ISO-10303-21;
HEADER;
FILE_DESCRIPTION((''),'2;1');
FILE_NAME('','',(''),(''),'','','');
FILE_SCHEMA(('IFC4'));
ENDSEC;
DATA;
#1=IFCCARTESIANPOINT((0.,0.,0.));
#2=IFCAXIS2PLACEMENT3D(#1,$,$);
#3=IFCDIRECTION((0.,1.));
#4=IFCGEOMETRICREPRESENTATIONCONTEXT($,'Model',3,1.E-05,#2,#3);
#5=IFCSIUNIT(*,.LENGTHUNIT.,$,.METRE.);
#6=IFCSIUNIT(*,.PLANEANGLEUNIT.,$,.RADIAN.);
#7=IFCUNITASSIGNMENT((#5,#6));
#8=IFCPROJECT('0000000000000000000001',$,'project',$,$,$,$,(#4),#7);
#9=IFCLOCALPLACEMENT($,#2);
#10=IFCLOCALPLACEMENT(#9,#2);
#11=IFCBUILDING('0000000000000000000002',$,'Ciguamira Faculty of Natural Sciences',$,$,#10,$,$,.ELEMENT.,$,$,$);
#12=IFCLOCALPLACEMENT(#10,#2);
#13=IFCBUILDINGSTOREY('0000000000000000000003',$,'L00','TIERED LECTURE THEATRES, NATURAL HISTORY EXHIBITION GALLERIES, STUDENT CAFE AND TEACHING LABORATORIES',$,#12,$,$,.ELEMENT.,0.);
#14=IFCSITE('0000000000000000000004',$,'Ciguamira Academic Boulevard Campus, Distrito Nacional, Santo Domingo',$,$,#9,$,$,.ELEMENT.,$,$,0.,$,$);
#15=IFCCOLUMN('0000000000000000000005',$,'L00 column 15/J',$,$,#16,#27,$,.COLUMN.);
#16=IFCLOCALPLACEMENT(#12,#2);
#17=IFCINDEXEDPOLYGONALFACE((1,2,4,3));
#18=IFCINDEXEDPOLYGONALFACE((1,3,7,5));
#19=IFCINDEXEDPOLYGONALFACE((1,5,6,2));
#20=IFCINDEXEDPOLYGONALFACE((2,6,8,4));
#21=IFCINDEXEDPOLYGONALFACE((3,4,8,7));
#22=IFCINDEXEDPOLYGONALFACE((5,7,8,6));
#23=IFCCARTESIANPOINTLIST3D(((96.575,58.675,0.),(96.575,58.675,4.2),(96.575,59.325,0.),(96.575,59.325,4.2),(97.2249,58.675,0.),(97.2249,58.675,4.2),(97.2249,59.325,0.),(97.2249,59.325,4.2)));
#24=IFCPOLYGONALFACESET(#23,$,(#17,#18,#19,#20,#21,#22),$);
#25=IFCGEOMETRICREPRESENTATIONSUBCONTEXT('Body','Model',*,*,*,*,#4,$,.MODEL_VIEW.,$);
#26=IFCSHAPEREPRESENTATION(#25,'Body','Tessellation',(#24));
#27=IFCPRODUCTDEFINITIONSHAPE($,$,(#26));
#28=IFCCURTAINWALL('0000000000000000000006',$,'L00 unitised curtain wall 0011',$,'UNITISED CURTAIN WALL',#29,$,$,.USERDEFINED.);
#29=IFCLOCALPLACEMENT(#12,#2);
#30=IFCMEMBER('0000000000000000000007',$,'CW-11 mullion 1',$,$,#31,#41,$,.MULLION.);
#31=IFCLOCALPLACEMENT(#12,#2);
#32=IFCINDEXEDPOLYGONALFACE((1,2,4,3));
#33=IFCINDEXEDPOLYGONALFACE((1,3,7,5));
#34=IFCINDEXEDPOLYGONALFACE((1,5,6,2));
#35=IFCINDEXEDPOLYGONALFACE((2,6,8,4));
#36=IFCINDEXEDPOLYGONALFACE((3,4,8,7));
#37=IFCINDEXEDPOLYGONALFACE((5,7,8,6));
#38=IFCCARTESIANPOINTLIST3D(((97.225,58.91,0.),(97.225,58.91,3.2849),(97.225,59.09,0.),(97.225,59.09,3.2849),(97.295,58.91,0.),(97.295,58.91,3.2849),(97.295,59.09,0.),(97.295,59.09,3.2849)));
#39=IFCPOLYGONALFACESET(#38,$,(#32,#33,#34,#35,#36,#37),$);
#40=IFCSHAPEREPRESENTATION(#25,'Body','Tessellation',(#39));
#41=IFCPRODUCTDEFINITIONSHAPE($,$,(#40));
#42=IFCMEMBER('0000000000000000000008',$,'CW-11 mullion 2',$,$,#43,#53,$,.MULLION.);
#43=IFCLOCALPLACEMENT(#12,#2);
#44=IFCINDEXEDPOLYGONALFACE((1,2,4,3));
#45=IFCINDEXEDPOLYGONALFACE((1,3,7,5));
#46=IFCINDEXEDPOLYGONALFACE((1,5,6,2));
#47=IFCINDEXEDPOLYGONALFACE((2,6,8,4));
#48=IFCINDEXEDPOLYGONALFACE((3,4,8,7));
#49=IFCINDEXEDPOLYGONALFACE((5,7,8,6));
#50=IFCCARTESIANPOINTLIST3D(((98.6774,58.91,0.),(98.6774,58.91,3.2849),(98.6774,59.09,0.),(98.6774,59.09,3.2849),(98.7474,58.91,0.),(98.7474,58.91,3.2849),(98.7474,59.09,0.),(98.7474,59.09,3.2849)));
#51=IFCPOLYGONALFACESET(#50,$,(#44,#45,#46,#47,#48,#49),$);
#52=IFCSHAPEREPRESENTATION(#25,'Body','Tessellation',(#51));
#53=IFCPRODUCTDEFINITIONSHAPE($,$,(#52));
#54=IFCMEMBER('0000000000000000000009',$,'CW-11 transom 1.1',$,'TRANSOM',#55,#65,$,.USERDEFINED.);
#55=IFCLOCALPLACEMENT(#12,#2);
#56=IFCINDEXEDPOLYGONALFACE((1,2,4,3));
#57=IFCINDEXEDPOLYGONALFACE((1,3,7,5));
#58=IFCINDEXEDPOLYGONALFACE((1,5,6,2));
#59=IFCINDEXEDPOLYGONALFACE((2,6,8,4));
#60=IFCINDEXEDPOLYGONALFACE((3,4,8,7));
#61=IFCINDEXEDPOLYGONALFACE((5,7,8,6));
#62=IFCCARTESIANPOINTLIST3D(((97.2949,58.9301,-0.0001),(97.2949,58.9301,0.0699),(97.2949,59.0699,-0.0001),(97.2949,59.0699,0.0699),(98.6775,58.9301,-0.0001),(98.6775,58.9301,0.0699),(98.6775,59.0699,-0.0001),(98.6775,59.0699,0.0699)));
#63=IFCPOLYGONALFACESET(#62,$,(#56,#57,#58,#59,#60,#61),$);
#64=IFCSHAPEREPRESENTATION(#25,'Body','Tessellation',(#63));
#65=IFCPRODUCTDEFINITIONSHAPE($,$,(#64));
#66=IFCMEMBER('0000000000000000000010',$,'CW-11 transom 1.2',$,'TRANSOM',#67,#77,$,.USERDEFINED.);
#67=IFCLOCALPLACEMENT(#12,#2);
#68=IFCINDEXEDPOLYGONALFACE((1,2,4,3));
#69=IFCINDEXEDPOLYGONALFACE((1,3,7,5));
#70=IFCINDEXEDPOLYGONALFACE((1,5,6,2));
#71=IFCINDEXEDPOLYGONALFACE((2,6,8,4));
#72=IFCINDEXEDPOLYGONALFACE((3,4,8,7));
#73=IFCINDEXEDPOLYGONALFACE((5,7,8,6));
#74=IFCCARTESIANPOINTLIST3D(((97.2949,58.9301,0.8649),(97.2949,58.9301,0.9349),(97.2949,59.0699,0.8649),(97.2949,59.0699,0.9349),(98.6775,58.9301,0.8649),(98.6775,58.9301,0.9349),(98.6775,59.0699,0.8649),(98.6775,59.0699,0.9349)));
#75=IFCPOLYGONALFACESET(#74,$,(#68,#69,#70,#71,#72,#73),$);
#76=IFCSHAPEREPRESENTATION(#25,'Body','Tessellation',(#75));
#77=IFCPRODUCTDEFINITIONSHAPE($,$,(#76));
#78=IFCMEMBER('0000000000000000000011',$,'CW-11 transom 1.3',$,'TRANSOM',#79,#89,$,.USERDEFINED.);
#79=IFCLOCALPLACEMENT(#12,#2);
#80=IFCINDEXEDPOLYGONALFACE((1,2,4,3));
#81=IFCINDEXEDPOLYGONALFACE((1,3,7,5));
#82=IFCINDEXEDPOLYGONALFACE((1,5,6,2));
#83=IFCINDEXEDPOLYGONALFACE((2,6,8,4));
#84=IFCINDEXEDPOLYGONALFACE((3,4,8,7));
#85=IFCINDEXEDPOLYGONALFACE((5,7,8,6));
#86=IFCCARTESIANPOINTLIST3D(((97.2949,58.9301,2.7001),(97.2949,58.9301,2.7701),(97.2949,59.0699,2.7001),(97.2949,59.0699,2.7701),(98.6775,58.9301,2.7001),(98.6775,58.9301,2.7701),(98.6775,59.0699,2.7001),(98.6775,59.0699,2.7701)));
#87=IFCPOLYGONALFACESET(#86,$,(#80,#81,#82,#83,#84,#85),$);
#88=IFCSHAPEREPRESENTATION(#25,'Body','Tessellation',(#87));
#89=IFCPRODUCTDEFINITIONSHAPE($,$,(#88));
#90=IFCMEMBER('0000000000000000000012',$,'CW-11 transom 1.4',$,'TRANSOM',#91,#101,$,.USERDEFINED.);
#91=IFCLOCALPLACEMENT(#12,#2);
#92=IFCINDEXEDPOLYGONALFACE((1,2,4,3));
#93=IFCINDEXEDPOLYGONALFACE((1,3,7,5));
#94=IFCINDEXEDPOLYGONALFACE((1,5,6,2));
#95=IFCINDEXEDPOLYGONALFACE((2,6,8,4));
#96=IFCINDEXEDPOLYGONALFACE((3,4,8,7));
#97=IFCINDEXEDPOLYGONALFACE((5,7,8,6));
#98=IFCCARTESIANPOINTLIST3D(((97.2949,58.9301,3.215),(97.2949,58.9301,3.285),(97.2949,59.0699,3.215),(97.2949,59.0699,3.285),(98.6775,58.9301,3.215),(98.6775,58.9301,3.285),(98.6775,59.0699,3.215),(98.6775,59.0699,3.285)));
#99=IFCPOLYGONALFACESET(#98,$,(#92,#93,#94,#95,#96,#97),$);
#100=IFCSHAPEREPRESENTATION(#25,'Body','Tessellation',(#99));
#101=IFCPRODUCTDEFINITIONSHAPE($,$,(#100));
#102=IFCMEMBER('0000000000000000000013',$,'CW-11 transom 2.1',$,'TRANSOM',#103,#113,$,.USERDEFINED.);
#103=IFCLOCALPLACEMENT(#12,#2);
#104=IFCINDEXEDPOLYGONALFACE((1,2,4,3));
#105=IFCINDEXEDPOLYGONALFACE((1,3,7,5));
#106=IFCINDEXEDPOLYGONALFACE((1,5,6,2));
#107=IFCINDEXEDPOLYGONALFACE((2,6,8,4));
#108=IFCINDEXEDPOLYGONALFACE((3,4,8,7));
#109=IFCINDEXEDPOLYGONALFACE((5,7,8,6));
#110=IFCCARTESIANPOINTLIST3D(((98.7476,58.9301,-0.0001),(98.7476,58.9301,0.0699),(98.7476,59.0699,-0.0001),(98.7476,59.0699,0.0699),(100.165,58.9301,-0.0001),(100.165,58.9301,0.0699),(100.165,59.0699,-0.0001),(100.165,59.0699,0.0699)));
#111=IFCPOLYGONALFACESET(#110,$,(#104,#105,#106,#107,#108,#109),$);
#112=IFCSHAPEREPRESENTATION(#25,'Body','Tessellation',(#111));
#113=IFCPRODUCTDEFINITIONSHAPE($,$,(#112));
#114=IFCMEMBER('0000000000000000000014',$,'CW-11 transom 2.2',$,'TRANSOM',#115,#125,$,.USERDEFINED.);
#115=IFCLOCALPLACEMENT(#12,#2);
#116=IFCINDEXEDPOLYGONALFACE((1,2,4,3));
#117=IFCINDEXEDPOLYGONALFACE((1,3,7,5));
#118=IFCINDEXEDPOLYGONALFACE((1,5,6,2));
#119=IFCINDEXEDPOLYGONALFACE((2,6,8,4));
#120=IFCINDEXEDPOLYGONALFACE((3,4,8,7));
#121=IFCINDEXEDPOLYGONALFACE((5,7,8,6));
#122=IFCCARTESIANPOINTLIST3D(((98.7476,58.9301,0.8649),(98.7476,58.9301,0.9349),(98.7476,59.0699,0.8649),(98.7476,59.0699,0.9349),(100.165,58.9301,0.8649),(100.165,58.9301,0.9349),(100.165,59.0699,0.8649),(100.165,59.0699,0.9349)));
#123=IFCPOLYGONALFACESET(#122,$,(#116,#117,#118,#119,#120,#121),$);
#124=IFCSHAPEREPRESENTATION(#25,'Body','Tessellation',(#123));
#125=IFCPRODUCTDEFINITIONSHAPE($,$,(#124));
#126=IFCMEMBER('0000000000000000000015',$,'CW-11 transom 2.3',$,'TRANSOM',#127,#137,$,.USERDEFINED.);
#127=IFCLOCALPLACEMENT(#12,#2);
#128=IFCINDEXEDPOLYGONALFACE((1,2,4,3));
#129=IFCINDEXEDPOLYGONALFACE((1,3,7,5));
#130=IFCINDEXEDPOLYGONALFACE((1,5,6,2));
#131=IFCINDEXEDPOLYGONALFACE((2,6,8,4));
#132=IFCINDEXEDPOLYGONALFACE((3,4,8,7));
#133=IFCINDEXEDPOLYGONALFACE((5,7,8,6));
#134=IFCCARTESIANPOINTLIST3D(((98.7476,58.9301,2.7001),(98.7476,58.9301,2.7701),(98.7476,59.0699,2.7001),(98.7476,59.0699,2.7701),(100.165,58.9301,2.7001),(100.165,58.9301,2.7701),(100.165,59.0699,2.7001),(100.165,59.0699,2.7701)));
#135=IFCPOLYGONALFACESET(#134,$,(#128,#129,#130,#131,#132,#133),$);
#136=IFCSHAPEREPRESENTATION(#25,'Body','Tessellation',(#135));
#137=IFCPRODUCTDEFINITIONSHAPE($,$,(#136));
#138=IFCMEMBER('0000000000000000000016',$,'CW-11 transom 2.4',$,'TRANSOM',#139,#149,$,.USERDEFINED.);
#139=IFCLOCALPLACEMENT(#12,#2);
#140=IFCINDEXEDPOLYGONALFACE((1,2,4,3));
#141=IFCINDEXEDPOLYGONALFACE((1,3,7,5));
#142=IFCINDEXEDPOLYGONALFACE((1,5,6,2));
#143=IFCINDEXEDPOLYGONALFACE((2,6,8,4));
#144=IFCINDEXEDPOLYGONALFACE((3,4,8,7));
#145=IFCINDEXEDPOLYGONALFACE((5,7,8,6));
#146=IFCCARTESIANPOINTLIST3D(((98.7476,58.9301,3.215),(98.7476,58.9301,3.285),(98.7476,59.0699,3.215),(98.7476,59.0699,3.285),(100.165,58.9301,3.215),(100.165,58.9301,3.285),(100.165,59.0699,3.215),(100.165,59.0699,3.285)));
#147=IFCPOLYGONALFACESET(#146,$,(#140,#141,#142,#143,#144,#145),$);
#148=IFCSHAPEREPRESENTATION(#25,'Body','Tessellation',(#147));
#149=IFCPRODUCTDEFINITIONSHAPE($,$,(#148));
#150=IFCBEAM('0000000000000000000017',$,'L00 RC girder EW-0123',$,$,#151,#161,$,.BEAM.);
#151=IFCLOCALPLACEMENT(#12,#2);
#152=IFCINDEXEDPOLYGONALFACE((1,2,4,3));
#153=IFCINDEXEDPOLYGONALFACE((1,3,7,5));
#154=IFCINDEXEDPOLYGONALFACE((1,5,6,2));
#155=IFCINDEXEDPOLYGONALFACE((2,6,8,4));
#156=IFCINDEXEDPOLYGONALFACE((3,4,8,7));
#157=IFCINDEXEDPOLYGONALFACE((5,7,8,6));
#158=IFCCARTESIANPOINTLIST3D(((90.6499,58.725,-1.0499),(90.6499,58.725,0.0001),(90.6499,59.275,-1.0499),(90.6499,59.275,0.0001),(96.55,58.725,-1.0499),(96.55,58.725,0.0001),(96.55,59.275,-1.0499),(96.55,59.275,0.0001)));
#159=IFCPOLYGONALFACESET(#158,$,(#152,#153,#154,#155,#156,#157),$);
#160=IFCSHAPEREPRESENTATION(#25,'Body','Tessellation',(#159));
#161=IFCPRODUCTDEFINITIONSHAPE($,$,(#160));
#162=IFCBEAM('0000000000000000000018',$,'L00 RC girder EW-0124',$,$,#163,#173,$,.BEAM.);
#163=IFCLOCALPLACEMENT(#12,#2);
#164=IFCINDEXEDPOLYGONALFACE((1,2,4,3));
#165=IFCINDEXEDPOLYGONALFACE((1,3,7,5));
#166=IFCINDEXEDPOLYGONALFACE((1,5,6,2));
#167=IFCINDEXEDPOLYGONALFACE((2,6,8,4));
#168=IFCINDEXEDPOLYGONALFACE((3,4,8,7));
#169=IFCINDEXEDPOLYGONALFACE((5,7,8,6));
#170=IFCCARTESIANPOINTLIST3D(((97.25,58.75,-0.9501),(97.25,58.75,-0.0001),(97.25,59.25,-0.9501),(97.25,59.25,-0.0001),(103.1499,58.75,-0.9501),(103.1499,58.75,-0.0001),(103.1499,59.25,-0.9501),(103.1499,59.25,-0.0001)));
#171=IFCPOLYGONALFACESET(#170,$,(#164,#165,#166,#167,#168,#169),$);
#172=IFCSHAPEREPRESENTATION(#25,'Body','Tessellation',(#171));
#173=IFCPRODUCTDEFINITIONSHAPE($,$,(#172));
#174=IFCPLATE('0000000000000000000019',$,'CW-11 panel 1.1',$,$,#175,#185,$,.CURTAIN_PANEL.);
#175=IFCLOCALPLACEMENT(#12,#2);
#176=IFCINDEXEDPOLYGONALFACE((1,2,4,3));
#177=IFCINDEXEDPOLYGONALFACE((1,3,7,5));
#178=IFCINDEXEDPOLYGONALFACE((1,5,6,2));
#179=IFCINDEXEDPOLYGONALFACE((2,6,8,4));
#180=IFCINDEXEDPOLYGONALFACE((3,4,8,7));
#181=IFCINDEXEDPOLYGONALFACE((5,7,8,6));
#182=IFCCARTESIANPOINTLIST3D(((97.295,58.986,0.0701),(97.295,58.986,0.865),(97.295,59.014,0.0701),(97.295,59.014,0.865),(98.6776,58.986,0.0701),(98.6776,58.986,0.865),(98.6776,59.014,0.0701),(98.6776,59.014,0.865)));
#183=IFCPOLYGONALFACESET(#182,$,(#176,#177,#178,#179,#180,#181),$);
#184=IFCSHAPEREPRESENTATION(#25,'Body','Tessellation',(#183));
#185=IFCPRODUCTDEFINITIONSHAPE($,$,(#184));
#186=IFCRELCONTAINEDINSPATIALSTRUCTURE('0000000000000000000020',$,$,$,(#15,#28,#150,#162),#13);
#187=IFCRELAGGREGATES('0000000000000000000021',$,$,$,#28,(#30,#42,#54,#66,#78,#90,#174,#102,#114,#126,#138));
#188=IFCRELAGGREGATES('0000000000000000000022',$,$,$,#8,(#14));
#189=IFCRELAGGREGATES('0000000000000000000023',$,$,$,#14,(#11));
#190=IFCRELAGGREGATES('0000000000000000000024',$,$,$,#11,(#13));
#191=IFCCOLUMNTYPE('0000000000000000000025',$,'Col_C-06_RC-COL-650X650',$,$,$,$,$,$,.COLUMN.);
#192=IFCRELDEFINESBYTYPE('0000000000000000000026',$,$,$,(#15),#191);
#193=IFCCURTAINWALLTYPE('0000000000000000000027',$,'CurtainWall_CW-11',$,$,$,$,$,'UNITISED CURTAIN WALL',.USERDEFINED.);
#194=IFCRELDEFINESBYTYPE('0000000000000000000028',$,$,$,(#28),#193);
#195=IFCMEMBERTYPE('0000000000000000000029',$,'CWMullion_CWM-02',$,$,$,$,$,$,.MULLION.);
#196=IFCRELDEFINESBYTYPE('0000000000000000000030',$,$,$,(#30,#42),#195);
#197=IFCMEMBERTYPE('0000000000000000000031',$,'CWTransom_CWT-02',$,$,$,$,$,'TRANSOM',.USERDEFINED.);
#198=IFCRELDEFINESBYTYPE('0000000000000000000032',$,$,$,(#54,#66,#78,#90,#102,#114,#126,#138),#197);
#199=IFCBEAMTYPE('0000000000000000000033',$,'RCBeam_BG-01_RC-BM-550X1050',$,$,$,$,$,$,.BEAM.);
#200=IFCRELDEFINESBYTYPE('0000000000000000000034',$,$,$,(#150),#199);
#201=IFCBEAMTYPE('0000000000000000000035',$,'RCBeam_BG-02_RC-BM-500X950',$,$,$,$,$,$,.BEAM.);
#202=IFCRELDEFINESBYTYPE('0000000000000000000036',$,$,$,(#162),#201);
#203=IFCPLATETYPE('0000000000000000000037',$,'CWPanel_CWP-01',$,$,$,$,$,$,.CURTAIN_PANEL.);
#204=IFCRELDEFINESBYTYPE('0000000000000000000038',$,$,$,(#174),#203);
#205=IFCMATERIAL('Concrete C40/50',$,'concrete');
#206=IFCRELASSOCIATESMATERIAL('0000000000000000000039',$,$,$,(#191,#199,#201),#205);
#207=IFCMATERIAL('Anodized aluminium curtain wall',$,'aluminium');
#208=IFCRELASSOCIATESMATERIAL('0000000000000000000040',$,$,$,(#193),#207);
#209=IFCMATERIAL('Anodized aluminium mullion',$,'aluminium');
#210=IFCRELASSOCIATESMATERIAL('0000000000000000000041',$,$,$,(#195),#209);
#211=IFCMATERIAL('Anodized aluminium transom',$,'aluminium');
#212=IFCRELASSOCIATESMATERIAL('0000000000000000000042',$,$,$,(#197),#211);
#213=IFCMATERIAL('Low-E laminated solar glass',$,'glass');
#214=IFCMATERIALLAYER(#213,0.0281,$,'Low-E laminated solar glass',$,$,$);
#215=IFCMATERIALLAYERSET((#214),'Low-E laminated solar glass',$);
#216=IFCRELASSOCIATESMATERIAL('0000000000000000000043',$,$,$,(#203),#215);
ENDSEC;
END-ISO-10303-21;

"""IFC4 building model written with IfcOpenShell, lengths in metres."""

from ifc_helpers import new_model, si_unit, direction, frame, origin, origin_2d, place, context, subcontext, project, spatial, rectangle, extrude, material, layer, layer_set, material_profile, profile_set, type_object, element, aggregate, save


model = new_model("IFC4")

# Units and contexts
model_context = context("Model", 3, precision=1e-05, world=origin(), true_north=direction((0.0, 1.0)))
body_context = subcontext(model_context, "Body", "Model", "MODEL_VIEW")
ifc_project = project(units=[si_unit("LENGTHUNIT", "METRE"), si_unit("PLANEANGLEUNIT", "RADIAN")], contexts=[model_context])

# Site, building, storey
site_placement = place(None, origin())
site = spatial("IfcSite", under=ifc_project, at=site_placement, Name="Ciguamira Academic Boulevard Campus, Distrito Nacional, Santo Domingo", CompositionType="ELEMENT", RefElevation=0.0)
building_placement = place(site_placement, origin())
building = spatial("IfcBuilding", under=site, at=building_placement, Name="Ciguamira Faculty of Natural Sciences", CompositionType="ELEMENT")
storey_placement = place(building_placement, origin())
storey = spatial("IfcBuildingStorey", under=building, at=storey_placement, Name="L00", Description="TIERED LECTURE THEATRES, NATURAL HISTORY EXHIBITION GALLERIES, STUDENT CAFE AND TEACHING LABORATORIES", CompositionType="ELEMENT", Elevation=0.0)

# Column
ifc_material_1 = material(Name="Concrete C40/50", Category="concrete")
ifc_material_profile_1 = material_profile(ifc_material_1, rectangle(XDim=0.6499, YDim=0.6499, at=origin_2d()), Name="RC-COL-650X650")
ifc_profile_set_1 = profile_set([ifc_material_profile_1], Name="Concrete C40/50")
column_type = type_object("IfcColumnType", Name="Col_C-06_RC-COL-650X650", PredefinedType="COLUMN", material=ifc_profile_set_1)
column_placement = place(storey_placement, frame((96.8999, 59.0, 0.0), z_axis=(0.0, 0.0, 1.0), x_axis=(1.0, 0.0, 0.0)))
element("IfcColumn", 1, at=column_placement, inside=storey, type_object=column_type, Name="L00 column 15/J", PredefinedType="COLUMN", context=body_context, shape_type="SweptSolid", body=[
    extrude(rectangle(XDim=0.6499, YDim=0.6499, at=origin_2d()), origin(), (0.0, 0.0, 1.0), 4.2),
])

# Curtain wall, members
ifc_material_2 = material(Name="Anodized aluminium curtain wall", Category="aluminium")
curtain_wall_type = type_object("IfcCurtainWallType", Name="CurtainWall_CW-11", ElementType="UNITISED CURTAIN WALL", PredefinedType="USERDEFINED", material=ifc_material_2)
curtain_wall_placement = place(storey_placement, origin())
curtain_wall = element("IfcCurtainWall", 2, at=curtain_wall_placement, inside=storey, type_object=curtain_wall_type, Name="L00 unitised curtain wall 0011", ObjectType="UNITISED CURTAIN WALL", PredefinedType="USERDEFINED")
ifc_material_3 = material(Name="Anodized aluminium mullion", Category="aluminium")
ifc_material_profile_2 = material_profile(ifc_material_3, rectangle(XDim=0.0701, YDim=0.1799, at=origin_2d()), Name="ALU-MUL-70X180")
ifc_profile_set_2 = profile_set([ifc_material_profile_2], Name="Anodized aluminium mullion")
member_type_1 = type_object("IfcMemberType", Name="CWMullion_CWM-02", PredefinedType="MULLION", material=ifc_profile_set_2)
member_1_placement = place(storey_placement, frame((97.26, 59.0, 0.0), z_axis=(0.0, 0.0, 1.0), x_axis=(1.0, 0.0, 0.0)))
member_1 = element("IfcMember", 3, at=member_1_placement, type_object=member_type_1, Name="CW-11 mullion 1", PredefinedType="MULLION", context=body_context, shape_type="SweptSolid", body=[
    extrude(rectangle(XDim=0.0701, YDim=0.1799, at=origin_2d()), origin(), (0.0, 0.0, 1.0), 3.2849),
])
member_2_placement = place(storey_placement, frame((98.7124, 59.0, 0.0), z_axis=(0.0, 0.0, 1.0), x_axis=(1.0, 0.0, 0.0)))
member_2 = element("IfcMember", 4, at=member_2_placement, type_object=member_type_1, Name="CW-11 mullion 2", PredefinedType="MULLION", context=body_context, shape_type="SweptSolid", body=[
    extrude(rectangle(XDim=0.0701, YDim=0.1799, at=origin_2d()), origin(), (0.0, 0.0, 1.0), 3.2849),
])
ifc_material_4 = material(Name="Anodized aluminium transom", Category="aluminium")
ifc_material_profile_3 = material_profile(ifc_material_4, rectangle(XDim=0.0701, YDim=0.1399, at=origin_2d()), Name="ALU-TRN-70X140")
ifc_profile_set_3 = profile_set([ifc_material_profile_3], Name="Anodized aluminium transom")
member_type_2 = type_object("IfcMemberType", Name="CWTransom_CWT-02", ElementType="TRANSOM", PredefinedType="USERDEFINED", material=ifc_profile_set_3)
member_3_placement = place(storey_placement, frame((97.2949, 59.0, 0.0349), z_axis=(1.0, 0.0, 0.0), x_axis=(0.0, 0.0, 1.0)))
member_3 = element("IfcMember", 5, at=member_3_placement, type_object=member_type_2, Name="CW-11 transom 1.1", ObjectType="TRANSOM", PredefinedType="USERDEFINED", context=body_context, shape_type="SweptSolid", body=[
    extrude(rectangle(XDim=0.0701, YDim=0.1399, at=origin_2d()), origin(), (0.0, 0.0, 1.0), 1.3826),
])
member_4_placement = place(storey_placement, frame((97.2949, 59.0, 0.8999), z_axis=(1.0, 0.0, 0.0), x_axis=(0.0, 0.0, 1.0)))
member_4 = element("IfcMember", 6, at=member_4_placement, type_object=member_type_2, Name="CW-11 transom 1.2", ObjectType="TRANSOM", PredefinedType="USERDEFINED", context=body_context, shape_type="SweptSolid", body=[
    extrude(rectangle(XDim=0.0701, YDim=0.1399, at=origin_2d()), origin(), (0.0, 0.0, 1.0), 1.3826),
])
member_5_placement = place(storey_placement, frame((97.2949, 59.0, 2.7351), z_axis=(1.0, 0.0, 0.0), x_axis=(0.0, 0.0, 1.0)))
member_5 = element("IfcMember", 7, at=member_5_placement, type_object=member_type_2, Name="CW-11 transom 1.3", ObjectType="TRANSOM", PredefinedType="USERDEFINED", context=body_context, shape_type="SweptSolid", body=[
    extrude(rectangle(XDim=0.0701, YDim=0.1399, at=origin_2d()), origin(), (0.0, 0.0, 1.0), 1.3826),
])
member_6_placement = place(storey_placement, frame((97.2949, 59.0, 3.25), z_axis=(1.0, 0.0, 0.0), x_axis=(0.0, 0.0, 1.0)))
member_6 = element("IfcMember", 8, at=member_6_placement, type_object=member_type_2, Name="CW-11 transom 1.4", ObjectType="TRANSOM", PredefinedType="USERDEFINED", context=body_context, shape_type="SweptSolid", body=[
    extrude(rectangle(XDim=0.0701, YDim=0.1399, at=origin_2d()), origin(), (0.0, 0.0, 1.0), 1.3826),
])
member_7_placement = place(storey_placement, frame((98.7476, 59.0, 0.0349), z_axis=(1.0, 0.0, 0.0), x_axis=(0.0, 0.0, 1.0)))
member_7 = element("IfcMember", 9, at=member_7_placement, type_object=member_type_2, Name="CW-11 transom 2.1", ObjectType="TRANSOM", PredefinedType="USERDEFINED", context=body_context, shape_type="SweptSolid", body=[
    extrude(rectangle(XDim=0.0701, YDim=0.1399, at=origin_2d()), origin(), (0.0, 0.0, 1.0), 1.4175),
])
member_8_placement = place(storey_placement, frame((98.7476, 59.0, 0.8999), z_axis=(1.0, 0.0, 0.0), x_axis=(0.0, 0.0, 1.0)))
member_8 = element("IfcMember", 10, at=member_8_placement, type_object=member_type_2, Name="CW-11 transom 2.2", ObjectType="TRANSOM", PredefinedType="USERDEFINED", context=body_context, shape_type="SweptSolid", body=[
    extrude(rectangle(XDim=0.0701, YDim=0.1399, at=origin_2d()), origin(), (0.0, 0.0, 1.0), 1.4175),
])
member_9_placement = place(storey_placement, frame((98.7476, 59.0, 2.7351), z_axis=(1.0, 0.0, 0.0), x_axis=(0.0, 0.0, 1.0)))
member_9 = element("IfcMember", 11, at=member_9_placement, type_object=member_type_2, Name="CW-11 transom 2.3", ObjectType="TRANSOM", PredefinedType="USERDEFINED", context=body_context, shape_type="SweptSolid", body=[
    extrude(rectangle(XDim=0.0701, YDim=0.1399, at=origin_2d()), origin(), (0.0, 0.0, 1.0), 1.4175),
])
member_10_placement = place(storey_placement, frame((98.7476, 59.0, 3.25), z_axis=(1.0, 0.0, 0.0), x_axis=(0.0, 0.0, 1.0)))
member_10 = element("IfcMember", 12, at=member_10_placement, type_object=member_type_2, Name="CW-11 transom 2.4", ObjectType="TRANSOM", PredefinedType="USERDEFINED", context=body_context, shape_type="SweptSolid", body=[
    extrude(rectangle(XDim=0.0701, YDim=0.1399, at=origin_2d()), origin(), (0.0, 0.0, 1.0), 1.4175),
])

# Beams
ifc_material_profile_4 = material_profile(ifc_material_1, rectangle(XDim=0.55, YDim=1.05, at=origin_2d()), Name="RC-BM-550X1050")
ifc_profile_set_4 = profile_set([ifc_material_profile_4], Name="Concrete C40/50")
beam_type_1 = type_object("IfcBeamType", Name="RCBeam_BG-01_RC-BM-550X1050", PredefinedType="BEAM", material=ifc_profile_set_4)
beam_1_placement = place(storey_placement, frame((90.6499, 59.0, -0.5249), z_axis=(1.0, 0.0, 0.0), x_axis=(0.0, 1.0, 0.0)))
element("IfcBeam", 13, at=beam_1_placement, inside=storey, type_object=beam_type_1, Name="L00 RC girder EW-0123", PredefinedType="BEAM", context=body_context, shape_type="SweptSolid", body=[
    extrude(rectangle(XDim=0.55, YDim=1.05, at=origin_2d()), origin(), (0.0, 0.0, 1.0), 5.9001),
])
ifc_material_profile_5 = material_profile(ifc_material_1, rectangle(XDim=0.5, YDim=0.95, at=origin_2d()), Name="RC-BM-500X950")
ifc_profile_set_5 = profile_set([ifc_material_profile_5], Name="Concrete C40/50")
beam_type_2 = type_object("IfcBeamType", Name="RCBeam_BG-02_RC-BM-500X950", PredefinedType="BEAM", material=ifc_profile_set_5)
beam_2_placement = place(storey_placement, frame((97.25, 59.0, -0.4751), z_axis=(1.0, 0.0, 0.0), x_axis=(0.0, 1.0, 0.0)))
element("IfcBeam", 14, at=beam_2_placement, inside=storey, type_object=beam_type_2, Name="L00 RC girder EW-0124", PredefinedType="BEAM", context=body_context, shape_type="SweptSolid", body=[
    extrude(rectangle(XDim=0.5, YDim=0.95, at=origin_2d()), origin(), (0.0, 0.0, 1.0), 5.8999),
])

# Plate
ifc_material_5 = material(Name="Low-E laminated solar glass", Category="glass")
ifc_layer_1 = layer(ifc_material_5, 0.0281, Name="Low-E laminated solar glass")
ifc_layer_set_1 = layer_set([ifc_layer_1], Name="Low-E laminated solar glass")
plate_type = type_object("IfcPlateType", Name="CWPanel_CWP-01", PredefinedType="CURTAIN_PANEL", material=ifc_layer_set_1)
plate_1_placement = place(storey_placement, frame((97.9863, 59.0, 0.0701), z_axis=(0.0, 0.0, 1.0), x_axis=(1.0, 0.0, 0.0)))
plate_1 = element("IfcPlate", 15, at=plate_1_placement, type_object=plate_type, Name="CW-11 panel 1.1", PredefinedType="CURTAIN_PANEL", context=body_context, shape_type="SweptSolid", body=[
    extrude(rectangle(XDim=1.3826, YDim=0.0281, at=origin_2d()), origin(), (0.0, 0.0, 1.0), 0.7949),
])
aggregate(curtain_wall, [member_1, member_2, member_3, member_4, member_5, member_6, plate_1, member_7, member_8, member_9, member_10])

save(model, "model.ifc")
